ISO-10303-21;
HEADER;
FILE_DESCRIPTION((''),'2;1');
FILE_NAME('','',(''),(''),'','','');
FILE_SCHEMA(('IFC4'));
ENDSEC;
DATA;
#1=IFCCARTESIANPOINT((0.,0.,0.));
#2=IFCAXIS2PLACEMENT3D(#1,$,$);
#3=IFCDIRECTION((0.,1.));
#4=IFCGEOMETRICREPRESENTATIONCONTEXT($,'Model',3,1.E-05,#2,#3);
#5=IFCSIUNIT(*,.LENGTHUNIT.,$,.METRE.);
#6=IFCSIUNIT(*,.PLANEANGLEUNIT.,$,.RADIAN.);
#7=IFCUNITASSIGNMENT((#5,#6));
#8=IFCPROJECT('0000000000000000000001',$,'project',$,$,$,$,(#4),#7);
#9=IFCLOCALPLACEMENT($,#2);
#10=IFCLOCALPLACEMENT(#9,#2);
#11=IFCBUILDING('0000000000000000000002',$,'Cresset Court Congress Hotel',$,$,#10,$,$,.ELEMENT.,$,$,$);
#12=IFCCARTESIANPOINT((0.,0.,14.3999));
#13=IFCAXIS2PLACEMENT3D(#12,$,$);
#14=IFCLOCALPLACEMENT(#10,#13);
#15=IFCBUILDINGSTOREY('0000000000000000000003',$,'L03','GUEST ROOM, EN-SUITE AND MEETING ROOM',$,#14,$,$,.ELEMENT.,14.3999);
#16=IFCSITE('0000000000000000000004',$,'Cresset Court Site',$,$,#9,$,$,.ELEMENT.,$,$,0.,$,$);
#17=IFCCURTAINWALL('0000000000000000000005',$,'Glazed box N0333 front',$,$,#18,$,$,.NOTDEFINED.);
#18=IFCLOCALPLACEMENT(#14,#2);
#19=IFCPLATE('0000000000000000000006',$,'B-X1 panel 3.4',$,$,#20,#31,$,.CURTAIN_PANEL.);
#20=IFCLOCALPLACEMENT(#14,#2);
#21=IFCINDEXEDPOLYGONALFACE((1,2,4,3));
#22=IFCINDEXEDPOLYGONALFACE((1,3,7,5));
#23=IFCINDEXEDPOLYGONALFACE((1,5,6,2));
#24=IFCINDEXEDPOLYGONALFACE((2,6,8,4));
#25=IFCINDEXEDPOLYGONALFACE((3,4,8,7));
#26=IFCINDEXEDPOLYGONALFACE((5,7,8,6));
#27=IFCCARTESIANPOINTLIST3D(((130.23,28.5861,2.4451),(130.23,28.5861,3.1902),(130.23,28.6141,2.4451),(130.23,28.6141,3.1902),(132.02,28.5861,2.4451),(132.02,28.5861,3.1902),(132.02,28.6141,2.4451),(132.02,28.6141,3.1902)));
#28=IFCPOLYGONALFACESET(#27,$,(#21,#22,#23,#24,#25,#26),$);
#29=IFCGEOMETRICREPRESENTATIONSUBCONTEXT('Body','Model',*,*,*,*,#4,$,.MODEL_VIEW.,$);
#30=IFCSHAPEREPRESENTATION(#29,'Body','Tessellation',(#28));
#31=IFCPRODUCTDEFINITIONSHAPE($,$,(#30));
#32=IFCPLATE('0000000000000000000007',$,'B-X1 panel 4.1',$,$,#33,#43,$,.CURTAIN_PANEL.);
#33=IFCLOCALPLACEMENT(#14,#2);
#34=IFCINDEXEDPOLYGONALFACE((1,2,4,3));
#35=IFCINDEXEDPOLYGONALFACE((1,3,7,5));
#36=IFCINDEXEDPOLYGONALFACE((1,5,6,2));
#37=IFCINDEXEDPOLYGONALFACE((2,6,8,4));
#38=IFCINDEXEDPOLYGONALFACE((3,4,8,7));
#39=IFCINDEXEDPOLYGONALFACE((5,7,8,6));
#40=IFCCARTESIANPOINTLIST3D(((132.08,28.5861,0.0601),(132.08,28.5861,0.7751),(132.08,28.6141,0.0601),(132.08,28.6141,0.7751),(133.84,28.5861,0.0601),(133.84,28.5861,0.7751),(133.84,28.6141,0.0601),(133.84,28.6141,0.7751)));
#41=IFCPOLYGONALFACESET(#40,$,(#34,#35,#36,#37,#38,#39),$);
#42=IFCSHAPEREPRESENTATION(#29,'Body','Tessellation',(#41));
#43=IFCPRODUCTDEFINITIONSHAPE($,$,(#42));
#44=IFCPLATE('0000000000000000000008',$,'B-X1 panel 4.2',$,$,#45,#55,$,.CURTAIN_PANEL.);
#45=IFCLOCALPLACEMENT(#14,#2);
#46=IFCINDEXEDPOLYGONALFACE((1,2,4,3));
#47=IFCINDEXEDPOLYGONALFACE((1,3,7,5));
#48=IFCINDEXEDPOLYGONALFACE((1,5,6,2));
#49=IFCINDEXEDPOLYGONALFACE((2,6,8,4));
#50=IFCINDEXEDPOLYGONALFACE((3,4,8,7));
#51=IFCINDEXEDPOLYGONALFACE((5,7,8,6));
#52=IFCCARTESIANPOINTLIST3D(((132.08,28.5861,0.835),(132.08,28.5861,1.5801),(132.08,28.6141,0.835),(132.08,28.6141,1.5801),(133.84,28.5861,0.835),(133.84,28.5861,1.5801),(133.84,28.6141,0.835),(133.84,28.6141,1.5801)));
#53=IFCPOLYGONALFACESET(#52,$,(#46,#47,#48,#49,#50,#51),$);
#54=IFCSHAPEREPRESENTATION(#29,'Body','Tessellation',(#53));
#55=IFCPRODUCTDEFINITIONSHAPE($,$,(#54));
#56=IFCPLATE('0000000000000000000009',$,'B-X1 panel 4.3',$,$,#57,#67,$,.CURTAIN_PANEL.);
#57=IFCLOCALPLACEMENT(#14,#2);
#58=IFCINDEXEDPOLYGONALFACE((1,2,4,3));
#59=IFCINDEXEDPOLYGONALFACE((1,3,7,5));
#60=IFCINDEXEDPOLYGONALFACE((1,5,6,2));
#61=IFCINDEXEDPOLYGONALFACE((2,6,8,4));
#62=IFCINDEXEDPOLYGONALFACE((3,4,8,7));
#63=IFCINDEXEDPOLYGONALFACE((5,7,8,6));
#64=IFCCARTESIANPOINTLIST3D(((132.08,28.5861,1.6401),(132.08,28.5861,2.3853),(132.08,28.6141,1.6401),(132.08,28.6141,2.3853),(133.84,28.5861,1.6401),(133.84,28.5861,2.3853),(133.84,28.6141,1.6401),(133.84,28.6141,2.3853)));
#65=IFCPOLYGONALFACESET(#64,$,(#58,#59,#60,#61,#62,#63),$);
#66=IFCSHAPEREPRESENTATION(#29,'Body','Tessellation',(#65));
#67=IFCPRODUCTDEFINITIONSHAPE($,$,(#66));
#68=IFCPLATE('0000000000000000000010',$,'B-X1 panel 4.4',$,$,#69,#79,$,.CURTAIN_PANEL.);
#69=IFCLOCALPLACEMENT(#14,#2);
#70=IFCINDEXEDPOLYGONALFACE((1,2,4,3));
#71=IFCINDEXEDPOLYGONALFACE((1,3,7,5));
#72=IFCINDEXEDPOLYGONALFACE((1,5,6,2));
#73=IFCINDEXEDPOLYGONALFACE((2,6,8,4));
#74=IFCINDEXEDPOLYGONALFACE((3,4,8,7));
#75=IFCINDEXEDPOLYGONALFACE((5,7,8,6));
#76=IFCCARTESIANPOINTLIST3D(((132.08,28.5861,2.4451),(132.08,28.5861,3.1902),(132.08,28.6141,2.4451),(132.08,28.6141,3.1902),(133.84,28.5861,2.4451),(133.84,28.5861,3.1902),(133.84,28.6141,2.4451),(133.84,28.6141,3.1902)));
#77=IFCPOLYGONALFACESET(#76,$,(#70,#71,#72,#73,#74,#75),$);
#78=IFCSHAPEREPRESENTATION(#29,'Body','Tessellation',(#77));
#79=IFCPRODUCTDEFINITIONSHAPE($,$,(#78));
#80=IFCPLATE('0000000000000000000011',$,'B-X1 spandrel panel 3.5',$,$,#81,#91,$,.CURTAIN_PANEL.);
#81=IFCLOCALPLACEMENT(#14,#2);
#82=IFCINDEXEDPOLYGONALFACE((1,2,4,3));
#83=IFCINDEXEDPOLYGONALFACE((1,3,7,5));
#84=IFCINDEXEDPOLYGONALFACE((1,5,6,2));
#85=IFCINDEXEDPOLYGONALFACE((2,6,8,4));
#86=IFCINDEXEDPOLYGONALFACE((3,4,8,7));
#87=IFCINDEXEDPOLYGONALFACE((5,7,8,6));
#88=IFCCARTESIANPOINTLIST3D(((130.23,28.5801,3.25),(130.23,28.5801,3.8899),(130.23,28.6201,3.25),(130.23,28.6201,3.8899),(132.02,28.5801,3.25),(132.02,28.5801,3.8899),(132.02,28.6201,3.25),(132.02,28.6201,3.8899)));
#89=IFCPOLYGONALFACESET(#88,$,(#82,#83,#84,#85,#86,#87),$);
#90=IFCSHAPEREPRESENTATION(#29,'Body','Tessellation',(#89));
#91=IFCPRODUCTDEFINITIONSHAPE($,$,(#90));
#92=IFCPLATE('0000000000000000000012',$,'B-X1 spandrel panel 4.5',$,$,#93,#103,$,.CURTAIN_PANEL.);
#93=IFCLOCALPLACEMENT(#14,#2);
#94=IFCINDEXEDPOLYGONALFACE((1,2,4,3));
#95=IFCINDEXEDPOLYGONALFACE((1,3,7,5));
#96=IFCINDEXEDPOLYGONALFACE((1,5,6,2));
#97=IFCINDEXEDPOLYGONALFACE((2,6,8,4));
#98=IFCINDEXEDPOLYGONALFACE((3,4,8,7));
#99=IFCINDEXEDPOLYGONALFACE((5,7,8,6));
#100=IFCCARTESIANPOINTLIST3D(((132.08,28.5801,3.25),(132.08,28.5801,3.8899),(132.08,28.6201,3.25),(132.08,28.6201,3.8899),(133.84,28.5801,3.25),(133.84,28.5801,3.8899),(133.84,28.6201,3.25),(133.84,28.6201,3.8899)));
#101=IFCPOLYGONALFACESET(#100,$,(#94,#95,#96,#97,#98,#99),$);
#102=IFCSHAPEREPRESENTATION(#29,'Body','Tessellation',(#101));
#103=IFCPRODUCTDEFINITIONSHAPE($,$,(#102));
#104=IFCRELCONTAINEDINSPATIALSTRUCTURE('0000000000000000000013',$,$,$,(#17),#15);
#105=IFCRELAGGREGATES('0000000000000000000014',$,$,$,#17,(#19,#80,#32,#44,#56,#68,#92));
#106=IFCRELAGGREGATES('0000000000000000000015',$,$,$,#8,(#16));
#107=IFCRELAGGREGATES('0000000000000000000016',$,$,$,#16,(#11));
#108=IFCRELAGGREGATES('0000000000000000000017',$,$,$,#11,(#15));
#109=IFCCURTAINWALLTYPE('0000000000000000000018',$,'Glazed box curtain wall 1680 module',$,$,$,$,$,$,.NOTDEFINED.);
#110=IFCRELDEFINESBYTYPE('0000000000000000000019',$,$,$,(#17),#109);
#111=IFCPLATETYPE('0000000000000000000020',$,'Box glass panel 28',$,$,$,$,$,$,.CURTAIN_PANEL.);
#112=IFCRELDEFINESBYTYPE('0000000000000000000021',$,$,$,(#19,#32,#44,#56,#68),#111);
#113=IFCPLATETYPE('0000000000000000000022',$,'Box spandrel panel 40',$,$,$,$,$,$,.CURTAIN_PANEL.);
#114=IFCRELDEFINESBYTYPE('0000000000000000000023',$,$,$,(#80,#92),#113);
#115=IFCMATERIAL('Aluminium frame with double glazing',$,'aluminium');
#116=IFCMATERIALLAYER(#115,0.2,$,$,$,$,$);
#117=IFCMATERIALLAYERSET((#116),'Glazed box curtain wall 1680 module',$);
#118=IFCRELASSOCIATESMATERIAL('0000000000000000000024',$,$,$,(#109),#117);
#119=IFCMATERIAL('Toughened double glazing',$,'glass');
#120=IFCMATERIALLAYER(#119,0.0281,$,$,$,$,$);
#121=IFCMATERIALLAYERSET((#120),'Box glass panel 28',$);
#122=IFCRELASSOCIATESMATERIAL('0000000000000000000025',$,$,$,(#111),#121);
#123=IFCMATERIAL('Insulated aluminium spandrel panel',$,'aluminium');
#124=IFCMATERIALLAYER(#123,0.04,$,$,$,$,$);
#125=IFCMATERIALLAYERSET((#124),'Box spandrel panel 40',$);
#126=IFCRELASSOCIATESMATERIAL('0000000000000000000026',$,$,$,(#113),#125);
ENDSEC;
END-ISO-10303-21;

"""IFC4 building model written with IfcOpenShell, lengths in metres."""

from ifc_helpers import new_model, si_unit, direction, frame, origin, origin_2d, place, context, subcontext, project, spatial, rectangle, extrude, material, layer, layer_set, type_object, element, aggregate, save


model = new_model("IFC4")

# Units and contexts
model_context = context("Model", 3, precision=1e-05, world=origin(), true_north=direction((0.0, 1.0)))
body_context = subcontext(model_context, "Body", "Model", "MODEL_VIEW")
ifc_project = project(units=[si_unit("LENGTHUNIT", "METRE"), si_unit("PLANEANGLEUNIT", "RADIAN")], contexts=[model_context])

# Site, building, storey
site_placement = place(None, origin())
site = spatial("IfcSite", under=ifc_project, at=site_placement, Name="Cresset Court Site", CompositionType="ELEMENT", RefElevation=0.0)
building_placement = place(site_placement, origin())
building = spatial("IfcBuilding", under=site, at=building_placement, Name="Cresset Court Congress Hotel", CompositionType="ELEMENT")
storey_placement = place(building_placement, frame((0.0, 0.0, 14.3999)))
storey = spatial("IfcBuildingStorey", under=building, at=storey_placement, Name="L03", Description="GUEST ROOM, EN-SUITE AND MEETING ROOM", CompositionType="ELEMENT", Elevation=14.3999)

# Curtain wall
ifc_material_1 = material(Name="Aluminium frame with double glazing", Category="aluminium")
ifc_layer_1 = layer(ifc_material_1, 0.2)
ifc_layer_set_1 = layer_set([ifc_layer_1], Name="Glazed box curtain wall 1680 module")
curtain_wall_type = type_object("IfcCurtainWallType", Name="Glazed box curtain wall 1680 module", PredefinedType="NOTDEFINED", material=ifc_layer_set_1)
curtain_wall_1_placement = place(storey_placement, origin())
curtain_wall_1 = element("IfcCurtainWall", 1, at=curtain_wall_1_placement, inside=storey, type_object=curtain_wall_type, Name="Glazed box N0333 front", PredefinedType="NOTDEFINED")

# Plates
ifc_material_2 = material(Name="Toughened double glazing", Category="glass")
ifc_layer_2 = layer(ifc_material_2, 0.0281)
ifc_layer_set_2 = layer_set([ifc_layer_2], Name="Box glass panel 28")
plate_type_1 = type_object("IfcPlateType", Name="Box glass panel 28", PredefinedType="CURTAIN_PANEL", material=ifc_layer_set_2)
plate_1_placement = place(storey_placement, frame((131.125, 28.6001, 2.4451), z_axis=(0.0, 0.0, 1.0), x_axis=(1.0, 0.0, 0.0)))
plate_1 = element("IfcPlate", 2, at=plate_1_placement, type_object=plate_type_1, Name="B-X1 panel 3.4", PredefinedType="CURTAIN_PANEL", context=body_context, shape_type="SweptSolid", body=[
    extrude(rectangle(XDim=1.79, YDim=0.0281, at=origin_2d()), origin(), (0.0, 0.0, 1.0), 0.7451),
])
plate_2_placement = place(storey_placement, frame((132.96, 28.6001, 0.0601), z_axis=(0.0, 0.0, 1.0), x_axis=(1.0, 0.0, 0.0)))
plate_2 = element("IfcPlate", 3, at=plate_2_placement, type_object=plate_type_1, Name="B-X1 panel 4.1", PredefinedType="CURTAIN_PANEL", context=body_context, shape_type="SweptSolid", body=[
    extrude(rectangle(XDim=1.76, YDim=0.0281, at=origin_2d()), origin(), (0.0, 0.0, 1.0), 0.7151),
])
plate_3_placement = place(storey_placement, frame((132.96, 28.6001, 0.835), z_axis=(0.0, 0.0, 1.0), x_axis=(1.0, 0.0, 0.0)))
plate_3 = element("IfcPlate", 4, at=plate_3_placement, type_object=plate_type_1, Name="B-X1 panel 4.2", PredefinedType="CURTAIN_PANEL", context=body_context, shape_type="SweptSolid", body=[
    extrude(rectangle(XDim=1.76, YDim=0.0281, at=origin_2d()), origin(), (0.0, 0.0, 1.0), 0.7451),
])
plate_4_placement = place(storey_placement, frame((132.96, 28.6001, 1.6401), z_axis=(0.0, 0.0, 1.0), x_axis=(1.0, 0.0, 0.0)))
plate_4 = element("IfcPlate", 5, at=plate_4_placement, type_object=plate_type_1, Name="B-X1 panel 4.3", PredefinedType="CURTAIN_PANEL", context=body_context, shape_type="SweptSolid", body=[
    extrude(rectangle(XDim=1.76, YDim=0.0281, at=origin_2d()), origin(), (0.0, 0.0, 1.0), 0.7451),
])
plate_5_placement = place(storey_placement, frame((132.96, 28.6001, 2.4451), z_axis=(0.0, 0.0, 1.0), x_axis=(1.0, 0.0, 0.0)))
plate_5 = element("IfcPlate", 6, at=plate_5_placement, type_object=plate_type_1, Name="B-X1 panel 4.4", PredefinedType="CURTAIN_PANEL", context=body_context, shape_type="SweptSolid", body=[
    extrude(rectangle(XDim=1.76, YDim=0.0281, at=origin_2d()), origin(), (0.0, 0.0, 1.0), 0.7451),
])
ifc_material_3 = material(Name="Insulated aluminium spandrel panel", Category="aluminium")
ifc_layer_3 = layer(ifc_material_3, 0.04)
ifc_layer_set_3 = layer_set([ifc_layer_3], Name="Box spandrel panel 40")
plate_type_2 = type_object("IfcPlateType", Name="Box spandrel panel 40", PredefinedType="CURTAIN_PANEL", material=ifc_layer_set_3)
plate_6_placement = place(storey_placement, frame((131.125, 28.6001, 3.25), z_axis=(0.0, 0.0, 1.0), x_axis=(1.0, 0.0, 0.0)))
plate_6 = element("IfcPlate", 7, at=plate_6_placement, type_object=plate_type_2, Name="B-X1 spandrel panel 3.5", PredefinedType="CURTAIN_PANEL", context=body_context, shape_type="SweptSolid", body=[
    extrude(rectangle(XDim=1.79, YDim=0.04, at=origin_2d()), origin(), (0.0, 0.0, 1.0), 0.6399),
])
plate_7_placement = place(storey_placement, frame((132.96, 28.6001, 3.25), z_axis=(0.0, 0.0, 1.0), x_axis=(1.0, 0.0, 0.0)))
plate_7 = element("IfcPlate", 8, at=plate_7_placement, type_object=plate_type_2, Name="B-X1 spandrel panel 4.5", PredefinedType="CURTAIN_PANEL", context=body_context, shape_type="SweptSolid", body=[
    extrude(rectangle(XDim=1.76, YDim=0.04, at=origin_2d()), origin(), (0.0, 0.0, 1.0), 0.6399),
])
aggregate(curtain_wall_1, [plate_1, plate_6, plate_2, plate_3, plate_4, plate_5, plate_7])

save(model, "model.ifc")
